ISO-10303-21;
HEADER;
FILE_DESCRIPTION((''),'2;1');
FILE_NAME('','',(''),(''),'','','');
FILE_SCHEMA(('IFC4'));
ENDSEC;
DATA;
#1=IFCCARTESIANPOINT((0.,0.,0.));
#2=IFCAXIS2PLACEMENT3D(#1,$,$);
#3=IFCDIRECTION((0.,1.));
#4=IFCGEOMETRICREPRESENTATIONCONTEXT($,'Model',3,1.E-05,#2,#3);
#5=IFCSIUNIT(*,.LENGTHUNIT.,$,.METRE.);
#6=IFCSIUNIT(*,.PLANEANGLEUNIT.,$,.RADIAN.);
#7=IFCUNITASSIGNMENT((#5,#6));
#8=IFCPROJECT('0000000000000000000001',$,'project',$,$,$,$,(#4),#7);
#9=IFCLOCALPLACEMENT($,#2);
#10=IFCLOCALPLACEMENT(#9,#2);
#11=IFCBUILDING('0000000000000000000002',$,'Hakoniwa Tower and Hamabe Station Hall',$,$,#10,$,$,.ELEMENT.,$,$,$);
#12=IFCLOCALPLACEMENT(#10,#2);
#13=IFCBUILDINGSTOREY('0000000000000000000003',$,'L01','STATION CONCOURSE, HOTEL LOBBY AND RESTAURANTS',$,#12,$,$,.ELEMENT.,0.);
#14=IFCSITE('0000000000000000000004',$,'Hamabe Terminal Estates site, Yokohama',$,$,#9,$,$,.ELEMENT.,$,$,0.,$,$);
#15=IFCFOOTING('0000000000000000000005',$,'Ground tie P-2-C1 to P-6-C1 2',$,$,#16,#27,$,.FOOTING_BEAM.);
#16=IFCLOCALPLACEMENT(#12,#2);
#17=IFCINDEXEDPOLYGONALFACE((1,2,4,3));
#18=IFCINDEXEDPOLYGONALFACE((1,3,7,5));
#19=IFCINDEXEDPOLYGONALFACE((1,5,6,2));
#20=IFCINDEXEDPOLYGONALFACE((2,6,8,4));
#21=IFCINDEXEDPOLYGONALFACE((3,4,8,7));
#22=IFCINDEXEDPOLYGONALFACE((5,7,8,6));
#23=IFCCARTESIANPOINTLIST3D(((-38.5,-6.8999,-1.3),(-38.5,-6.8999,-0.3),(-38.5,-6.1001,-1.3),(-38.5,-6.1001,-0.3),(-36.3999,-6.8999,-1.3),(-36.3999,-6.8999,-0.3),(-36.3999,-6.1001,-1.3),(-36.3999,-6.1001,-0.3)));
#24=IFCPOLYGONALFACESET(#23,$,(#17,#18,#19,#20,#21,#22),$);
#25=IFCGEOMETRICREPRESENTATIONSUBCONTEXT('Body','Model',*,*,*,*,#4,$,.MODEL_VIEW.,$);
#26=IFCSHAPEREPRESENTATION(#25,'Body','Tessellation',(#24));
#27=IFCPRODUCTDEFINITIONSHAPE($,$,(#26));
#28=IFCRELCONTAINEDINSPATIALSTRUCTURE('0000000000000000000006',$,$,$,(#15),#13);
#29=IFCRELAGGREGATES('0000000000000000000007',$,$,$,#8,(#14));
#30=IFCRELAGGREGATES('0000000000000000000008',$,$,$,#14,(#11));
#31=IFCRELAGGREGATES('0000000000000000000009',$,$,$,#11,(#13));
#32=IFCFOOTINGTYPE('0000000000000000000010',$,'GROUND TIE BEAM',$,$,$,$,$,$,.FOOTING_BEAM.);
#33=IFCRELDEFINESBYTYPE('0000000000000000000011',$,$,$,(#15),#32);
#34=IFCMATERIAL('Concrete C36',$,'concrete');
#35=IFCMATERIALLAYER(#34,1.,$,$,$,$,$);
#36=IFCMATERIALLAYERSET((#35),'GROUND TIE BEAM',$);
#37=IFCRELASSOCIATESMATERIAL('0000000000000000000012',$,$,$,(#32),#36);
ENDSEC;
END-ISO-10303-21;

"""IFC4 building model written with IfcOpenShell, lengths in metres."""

from ifc_helpers import new_model, si_unit, direction, frame, origin, place, context, subcontext, project, spatial, polyline, outline, extrude, material, layer, layer_set, type_object, element, save


model = new_model("IFC4")

# Units and contexts
model_context = context("Model", 3, precision=1e-05, world=origin(), true_north=direction((0.0, 1.0)))
body_context = subcontext(model_context, "Body", "Model", "MODEL_VIEW")
ifc_project = project(units=[si_unit("LENGTHUNIT", "METRE"), si_unit("PLANEANGLEUNIT", "RADIAN")], contexts=[model_context])

# Site, building, storey
site_placement = place(None, origin())
site = spatial("IfcSite", under=ifc_project, at=site_placement, Name="Hamabe Terminal Estates site, Yokohama", CompositionType="ELEMENT", RefElevation=0.0)
building_placement = place(site_placement, origin())
building = spatial("IfcBuilding", under=site, at=building_placement, Name="Hakoniwa Tower and Hamabe Station Hall", CompositionType="ELEMENT")
storey_placement = place(building_placement, origin())
storey = spatial("IfcBuildingStorey", under=building, at=storey_placement, Name="L01", Description="STATION CONCOURSE, HOTEL LOBBY AND RESTAURANTS", CompositionType="ELEMENT", Elevation=0.0)

# Footing
ifc_material = material(Name="Concrete C36", Category="concrete")
ifc_layer = layer(ifc_material, 1.0)
ifc_layer_set = layer_set([ifc_layer], Name="GROUND TIE BEAM")
footing_type = type_object("IfcFootingType", Name="GROUND TIE BEAM", PredefinedType="FOOTING_BEAM", material=ifc_layer_set)
footing_1_placement = place(storey_placement, frame((0.0, 0.0, -1.3)))
element("IfcFooting", 1, at=footing_1_placement, inside=storey, type_object=footing_type, Name="Ground tie P-2-C1 to P-6-C1 2", PredefinedType="FOOTING_BEAM", context=body_context, shape_type="SweptSolid", body=[
    extrude(outline(polyline([(-38.5, -6.1001), (-38.5, -6.8999), (-36.3999, -6.8999), (-36.3999, -6.1001), (-38.5, -6.1001)])), origin(), (0.0, 0.0, 1.0), 1.0),
])

save(model, "model.ifc")
